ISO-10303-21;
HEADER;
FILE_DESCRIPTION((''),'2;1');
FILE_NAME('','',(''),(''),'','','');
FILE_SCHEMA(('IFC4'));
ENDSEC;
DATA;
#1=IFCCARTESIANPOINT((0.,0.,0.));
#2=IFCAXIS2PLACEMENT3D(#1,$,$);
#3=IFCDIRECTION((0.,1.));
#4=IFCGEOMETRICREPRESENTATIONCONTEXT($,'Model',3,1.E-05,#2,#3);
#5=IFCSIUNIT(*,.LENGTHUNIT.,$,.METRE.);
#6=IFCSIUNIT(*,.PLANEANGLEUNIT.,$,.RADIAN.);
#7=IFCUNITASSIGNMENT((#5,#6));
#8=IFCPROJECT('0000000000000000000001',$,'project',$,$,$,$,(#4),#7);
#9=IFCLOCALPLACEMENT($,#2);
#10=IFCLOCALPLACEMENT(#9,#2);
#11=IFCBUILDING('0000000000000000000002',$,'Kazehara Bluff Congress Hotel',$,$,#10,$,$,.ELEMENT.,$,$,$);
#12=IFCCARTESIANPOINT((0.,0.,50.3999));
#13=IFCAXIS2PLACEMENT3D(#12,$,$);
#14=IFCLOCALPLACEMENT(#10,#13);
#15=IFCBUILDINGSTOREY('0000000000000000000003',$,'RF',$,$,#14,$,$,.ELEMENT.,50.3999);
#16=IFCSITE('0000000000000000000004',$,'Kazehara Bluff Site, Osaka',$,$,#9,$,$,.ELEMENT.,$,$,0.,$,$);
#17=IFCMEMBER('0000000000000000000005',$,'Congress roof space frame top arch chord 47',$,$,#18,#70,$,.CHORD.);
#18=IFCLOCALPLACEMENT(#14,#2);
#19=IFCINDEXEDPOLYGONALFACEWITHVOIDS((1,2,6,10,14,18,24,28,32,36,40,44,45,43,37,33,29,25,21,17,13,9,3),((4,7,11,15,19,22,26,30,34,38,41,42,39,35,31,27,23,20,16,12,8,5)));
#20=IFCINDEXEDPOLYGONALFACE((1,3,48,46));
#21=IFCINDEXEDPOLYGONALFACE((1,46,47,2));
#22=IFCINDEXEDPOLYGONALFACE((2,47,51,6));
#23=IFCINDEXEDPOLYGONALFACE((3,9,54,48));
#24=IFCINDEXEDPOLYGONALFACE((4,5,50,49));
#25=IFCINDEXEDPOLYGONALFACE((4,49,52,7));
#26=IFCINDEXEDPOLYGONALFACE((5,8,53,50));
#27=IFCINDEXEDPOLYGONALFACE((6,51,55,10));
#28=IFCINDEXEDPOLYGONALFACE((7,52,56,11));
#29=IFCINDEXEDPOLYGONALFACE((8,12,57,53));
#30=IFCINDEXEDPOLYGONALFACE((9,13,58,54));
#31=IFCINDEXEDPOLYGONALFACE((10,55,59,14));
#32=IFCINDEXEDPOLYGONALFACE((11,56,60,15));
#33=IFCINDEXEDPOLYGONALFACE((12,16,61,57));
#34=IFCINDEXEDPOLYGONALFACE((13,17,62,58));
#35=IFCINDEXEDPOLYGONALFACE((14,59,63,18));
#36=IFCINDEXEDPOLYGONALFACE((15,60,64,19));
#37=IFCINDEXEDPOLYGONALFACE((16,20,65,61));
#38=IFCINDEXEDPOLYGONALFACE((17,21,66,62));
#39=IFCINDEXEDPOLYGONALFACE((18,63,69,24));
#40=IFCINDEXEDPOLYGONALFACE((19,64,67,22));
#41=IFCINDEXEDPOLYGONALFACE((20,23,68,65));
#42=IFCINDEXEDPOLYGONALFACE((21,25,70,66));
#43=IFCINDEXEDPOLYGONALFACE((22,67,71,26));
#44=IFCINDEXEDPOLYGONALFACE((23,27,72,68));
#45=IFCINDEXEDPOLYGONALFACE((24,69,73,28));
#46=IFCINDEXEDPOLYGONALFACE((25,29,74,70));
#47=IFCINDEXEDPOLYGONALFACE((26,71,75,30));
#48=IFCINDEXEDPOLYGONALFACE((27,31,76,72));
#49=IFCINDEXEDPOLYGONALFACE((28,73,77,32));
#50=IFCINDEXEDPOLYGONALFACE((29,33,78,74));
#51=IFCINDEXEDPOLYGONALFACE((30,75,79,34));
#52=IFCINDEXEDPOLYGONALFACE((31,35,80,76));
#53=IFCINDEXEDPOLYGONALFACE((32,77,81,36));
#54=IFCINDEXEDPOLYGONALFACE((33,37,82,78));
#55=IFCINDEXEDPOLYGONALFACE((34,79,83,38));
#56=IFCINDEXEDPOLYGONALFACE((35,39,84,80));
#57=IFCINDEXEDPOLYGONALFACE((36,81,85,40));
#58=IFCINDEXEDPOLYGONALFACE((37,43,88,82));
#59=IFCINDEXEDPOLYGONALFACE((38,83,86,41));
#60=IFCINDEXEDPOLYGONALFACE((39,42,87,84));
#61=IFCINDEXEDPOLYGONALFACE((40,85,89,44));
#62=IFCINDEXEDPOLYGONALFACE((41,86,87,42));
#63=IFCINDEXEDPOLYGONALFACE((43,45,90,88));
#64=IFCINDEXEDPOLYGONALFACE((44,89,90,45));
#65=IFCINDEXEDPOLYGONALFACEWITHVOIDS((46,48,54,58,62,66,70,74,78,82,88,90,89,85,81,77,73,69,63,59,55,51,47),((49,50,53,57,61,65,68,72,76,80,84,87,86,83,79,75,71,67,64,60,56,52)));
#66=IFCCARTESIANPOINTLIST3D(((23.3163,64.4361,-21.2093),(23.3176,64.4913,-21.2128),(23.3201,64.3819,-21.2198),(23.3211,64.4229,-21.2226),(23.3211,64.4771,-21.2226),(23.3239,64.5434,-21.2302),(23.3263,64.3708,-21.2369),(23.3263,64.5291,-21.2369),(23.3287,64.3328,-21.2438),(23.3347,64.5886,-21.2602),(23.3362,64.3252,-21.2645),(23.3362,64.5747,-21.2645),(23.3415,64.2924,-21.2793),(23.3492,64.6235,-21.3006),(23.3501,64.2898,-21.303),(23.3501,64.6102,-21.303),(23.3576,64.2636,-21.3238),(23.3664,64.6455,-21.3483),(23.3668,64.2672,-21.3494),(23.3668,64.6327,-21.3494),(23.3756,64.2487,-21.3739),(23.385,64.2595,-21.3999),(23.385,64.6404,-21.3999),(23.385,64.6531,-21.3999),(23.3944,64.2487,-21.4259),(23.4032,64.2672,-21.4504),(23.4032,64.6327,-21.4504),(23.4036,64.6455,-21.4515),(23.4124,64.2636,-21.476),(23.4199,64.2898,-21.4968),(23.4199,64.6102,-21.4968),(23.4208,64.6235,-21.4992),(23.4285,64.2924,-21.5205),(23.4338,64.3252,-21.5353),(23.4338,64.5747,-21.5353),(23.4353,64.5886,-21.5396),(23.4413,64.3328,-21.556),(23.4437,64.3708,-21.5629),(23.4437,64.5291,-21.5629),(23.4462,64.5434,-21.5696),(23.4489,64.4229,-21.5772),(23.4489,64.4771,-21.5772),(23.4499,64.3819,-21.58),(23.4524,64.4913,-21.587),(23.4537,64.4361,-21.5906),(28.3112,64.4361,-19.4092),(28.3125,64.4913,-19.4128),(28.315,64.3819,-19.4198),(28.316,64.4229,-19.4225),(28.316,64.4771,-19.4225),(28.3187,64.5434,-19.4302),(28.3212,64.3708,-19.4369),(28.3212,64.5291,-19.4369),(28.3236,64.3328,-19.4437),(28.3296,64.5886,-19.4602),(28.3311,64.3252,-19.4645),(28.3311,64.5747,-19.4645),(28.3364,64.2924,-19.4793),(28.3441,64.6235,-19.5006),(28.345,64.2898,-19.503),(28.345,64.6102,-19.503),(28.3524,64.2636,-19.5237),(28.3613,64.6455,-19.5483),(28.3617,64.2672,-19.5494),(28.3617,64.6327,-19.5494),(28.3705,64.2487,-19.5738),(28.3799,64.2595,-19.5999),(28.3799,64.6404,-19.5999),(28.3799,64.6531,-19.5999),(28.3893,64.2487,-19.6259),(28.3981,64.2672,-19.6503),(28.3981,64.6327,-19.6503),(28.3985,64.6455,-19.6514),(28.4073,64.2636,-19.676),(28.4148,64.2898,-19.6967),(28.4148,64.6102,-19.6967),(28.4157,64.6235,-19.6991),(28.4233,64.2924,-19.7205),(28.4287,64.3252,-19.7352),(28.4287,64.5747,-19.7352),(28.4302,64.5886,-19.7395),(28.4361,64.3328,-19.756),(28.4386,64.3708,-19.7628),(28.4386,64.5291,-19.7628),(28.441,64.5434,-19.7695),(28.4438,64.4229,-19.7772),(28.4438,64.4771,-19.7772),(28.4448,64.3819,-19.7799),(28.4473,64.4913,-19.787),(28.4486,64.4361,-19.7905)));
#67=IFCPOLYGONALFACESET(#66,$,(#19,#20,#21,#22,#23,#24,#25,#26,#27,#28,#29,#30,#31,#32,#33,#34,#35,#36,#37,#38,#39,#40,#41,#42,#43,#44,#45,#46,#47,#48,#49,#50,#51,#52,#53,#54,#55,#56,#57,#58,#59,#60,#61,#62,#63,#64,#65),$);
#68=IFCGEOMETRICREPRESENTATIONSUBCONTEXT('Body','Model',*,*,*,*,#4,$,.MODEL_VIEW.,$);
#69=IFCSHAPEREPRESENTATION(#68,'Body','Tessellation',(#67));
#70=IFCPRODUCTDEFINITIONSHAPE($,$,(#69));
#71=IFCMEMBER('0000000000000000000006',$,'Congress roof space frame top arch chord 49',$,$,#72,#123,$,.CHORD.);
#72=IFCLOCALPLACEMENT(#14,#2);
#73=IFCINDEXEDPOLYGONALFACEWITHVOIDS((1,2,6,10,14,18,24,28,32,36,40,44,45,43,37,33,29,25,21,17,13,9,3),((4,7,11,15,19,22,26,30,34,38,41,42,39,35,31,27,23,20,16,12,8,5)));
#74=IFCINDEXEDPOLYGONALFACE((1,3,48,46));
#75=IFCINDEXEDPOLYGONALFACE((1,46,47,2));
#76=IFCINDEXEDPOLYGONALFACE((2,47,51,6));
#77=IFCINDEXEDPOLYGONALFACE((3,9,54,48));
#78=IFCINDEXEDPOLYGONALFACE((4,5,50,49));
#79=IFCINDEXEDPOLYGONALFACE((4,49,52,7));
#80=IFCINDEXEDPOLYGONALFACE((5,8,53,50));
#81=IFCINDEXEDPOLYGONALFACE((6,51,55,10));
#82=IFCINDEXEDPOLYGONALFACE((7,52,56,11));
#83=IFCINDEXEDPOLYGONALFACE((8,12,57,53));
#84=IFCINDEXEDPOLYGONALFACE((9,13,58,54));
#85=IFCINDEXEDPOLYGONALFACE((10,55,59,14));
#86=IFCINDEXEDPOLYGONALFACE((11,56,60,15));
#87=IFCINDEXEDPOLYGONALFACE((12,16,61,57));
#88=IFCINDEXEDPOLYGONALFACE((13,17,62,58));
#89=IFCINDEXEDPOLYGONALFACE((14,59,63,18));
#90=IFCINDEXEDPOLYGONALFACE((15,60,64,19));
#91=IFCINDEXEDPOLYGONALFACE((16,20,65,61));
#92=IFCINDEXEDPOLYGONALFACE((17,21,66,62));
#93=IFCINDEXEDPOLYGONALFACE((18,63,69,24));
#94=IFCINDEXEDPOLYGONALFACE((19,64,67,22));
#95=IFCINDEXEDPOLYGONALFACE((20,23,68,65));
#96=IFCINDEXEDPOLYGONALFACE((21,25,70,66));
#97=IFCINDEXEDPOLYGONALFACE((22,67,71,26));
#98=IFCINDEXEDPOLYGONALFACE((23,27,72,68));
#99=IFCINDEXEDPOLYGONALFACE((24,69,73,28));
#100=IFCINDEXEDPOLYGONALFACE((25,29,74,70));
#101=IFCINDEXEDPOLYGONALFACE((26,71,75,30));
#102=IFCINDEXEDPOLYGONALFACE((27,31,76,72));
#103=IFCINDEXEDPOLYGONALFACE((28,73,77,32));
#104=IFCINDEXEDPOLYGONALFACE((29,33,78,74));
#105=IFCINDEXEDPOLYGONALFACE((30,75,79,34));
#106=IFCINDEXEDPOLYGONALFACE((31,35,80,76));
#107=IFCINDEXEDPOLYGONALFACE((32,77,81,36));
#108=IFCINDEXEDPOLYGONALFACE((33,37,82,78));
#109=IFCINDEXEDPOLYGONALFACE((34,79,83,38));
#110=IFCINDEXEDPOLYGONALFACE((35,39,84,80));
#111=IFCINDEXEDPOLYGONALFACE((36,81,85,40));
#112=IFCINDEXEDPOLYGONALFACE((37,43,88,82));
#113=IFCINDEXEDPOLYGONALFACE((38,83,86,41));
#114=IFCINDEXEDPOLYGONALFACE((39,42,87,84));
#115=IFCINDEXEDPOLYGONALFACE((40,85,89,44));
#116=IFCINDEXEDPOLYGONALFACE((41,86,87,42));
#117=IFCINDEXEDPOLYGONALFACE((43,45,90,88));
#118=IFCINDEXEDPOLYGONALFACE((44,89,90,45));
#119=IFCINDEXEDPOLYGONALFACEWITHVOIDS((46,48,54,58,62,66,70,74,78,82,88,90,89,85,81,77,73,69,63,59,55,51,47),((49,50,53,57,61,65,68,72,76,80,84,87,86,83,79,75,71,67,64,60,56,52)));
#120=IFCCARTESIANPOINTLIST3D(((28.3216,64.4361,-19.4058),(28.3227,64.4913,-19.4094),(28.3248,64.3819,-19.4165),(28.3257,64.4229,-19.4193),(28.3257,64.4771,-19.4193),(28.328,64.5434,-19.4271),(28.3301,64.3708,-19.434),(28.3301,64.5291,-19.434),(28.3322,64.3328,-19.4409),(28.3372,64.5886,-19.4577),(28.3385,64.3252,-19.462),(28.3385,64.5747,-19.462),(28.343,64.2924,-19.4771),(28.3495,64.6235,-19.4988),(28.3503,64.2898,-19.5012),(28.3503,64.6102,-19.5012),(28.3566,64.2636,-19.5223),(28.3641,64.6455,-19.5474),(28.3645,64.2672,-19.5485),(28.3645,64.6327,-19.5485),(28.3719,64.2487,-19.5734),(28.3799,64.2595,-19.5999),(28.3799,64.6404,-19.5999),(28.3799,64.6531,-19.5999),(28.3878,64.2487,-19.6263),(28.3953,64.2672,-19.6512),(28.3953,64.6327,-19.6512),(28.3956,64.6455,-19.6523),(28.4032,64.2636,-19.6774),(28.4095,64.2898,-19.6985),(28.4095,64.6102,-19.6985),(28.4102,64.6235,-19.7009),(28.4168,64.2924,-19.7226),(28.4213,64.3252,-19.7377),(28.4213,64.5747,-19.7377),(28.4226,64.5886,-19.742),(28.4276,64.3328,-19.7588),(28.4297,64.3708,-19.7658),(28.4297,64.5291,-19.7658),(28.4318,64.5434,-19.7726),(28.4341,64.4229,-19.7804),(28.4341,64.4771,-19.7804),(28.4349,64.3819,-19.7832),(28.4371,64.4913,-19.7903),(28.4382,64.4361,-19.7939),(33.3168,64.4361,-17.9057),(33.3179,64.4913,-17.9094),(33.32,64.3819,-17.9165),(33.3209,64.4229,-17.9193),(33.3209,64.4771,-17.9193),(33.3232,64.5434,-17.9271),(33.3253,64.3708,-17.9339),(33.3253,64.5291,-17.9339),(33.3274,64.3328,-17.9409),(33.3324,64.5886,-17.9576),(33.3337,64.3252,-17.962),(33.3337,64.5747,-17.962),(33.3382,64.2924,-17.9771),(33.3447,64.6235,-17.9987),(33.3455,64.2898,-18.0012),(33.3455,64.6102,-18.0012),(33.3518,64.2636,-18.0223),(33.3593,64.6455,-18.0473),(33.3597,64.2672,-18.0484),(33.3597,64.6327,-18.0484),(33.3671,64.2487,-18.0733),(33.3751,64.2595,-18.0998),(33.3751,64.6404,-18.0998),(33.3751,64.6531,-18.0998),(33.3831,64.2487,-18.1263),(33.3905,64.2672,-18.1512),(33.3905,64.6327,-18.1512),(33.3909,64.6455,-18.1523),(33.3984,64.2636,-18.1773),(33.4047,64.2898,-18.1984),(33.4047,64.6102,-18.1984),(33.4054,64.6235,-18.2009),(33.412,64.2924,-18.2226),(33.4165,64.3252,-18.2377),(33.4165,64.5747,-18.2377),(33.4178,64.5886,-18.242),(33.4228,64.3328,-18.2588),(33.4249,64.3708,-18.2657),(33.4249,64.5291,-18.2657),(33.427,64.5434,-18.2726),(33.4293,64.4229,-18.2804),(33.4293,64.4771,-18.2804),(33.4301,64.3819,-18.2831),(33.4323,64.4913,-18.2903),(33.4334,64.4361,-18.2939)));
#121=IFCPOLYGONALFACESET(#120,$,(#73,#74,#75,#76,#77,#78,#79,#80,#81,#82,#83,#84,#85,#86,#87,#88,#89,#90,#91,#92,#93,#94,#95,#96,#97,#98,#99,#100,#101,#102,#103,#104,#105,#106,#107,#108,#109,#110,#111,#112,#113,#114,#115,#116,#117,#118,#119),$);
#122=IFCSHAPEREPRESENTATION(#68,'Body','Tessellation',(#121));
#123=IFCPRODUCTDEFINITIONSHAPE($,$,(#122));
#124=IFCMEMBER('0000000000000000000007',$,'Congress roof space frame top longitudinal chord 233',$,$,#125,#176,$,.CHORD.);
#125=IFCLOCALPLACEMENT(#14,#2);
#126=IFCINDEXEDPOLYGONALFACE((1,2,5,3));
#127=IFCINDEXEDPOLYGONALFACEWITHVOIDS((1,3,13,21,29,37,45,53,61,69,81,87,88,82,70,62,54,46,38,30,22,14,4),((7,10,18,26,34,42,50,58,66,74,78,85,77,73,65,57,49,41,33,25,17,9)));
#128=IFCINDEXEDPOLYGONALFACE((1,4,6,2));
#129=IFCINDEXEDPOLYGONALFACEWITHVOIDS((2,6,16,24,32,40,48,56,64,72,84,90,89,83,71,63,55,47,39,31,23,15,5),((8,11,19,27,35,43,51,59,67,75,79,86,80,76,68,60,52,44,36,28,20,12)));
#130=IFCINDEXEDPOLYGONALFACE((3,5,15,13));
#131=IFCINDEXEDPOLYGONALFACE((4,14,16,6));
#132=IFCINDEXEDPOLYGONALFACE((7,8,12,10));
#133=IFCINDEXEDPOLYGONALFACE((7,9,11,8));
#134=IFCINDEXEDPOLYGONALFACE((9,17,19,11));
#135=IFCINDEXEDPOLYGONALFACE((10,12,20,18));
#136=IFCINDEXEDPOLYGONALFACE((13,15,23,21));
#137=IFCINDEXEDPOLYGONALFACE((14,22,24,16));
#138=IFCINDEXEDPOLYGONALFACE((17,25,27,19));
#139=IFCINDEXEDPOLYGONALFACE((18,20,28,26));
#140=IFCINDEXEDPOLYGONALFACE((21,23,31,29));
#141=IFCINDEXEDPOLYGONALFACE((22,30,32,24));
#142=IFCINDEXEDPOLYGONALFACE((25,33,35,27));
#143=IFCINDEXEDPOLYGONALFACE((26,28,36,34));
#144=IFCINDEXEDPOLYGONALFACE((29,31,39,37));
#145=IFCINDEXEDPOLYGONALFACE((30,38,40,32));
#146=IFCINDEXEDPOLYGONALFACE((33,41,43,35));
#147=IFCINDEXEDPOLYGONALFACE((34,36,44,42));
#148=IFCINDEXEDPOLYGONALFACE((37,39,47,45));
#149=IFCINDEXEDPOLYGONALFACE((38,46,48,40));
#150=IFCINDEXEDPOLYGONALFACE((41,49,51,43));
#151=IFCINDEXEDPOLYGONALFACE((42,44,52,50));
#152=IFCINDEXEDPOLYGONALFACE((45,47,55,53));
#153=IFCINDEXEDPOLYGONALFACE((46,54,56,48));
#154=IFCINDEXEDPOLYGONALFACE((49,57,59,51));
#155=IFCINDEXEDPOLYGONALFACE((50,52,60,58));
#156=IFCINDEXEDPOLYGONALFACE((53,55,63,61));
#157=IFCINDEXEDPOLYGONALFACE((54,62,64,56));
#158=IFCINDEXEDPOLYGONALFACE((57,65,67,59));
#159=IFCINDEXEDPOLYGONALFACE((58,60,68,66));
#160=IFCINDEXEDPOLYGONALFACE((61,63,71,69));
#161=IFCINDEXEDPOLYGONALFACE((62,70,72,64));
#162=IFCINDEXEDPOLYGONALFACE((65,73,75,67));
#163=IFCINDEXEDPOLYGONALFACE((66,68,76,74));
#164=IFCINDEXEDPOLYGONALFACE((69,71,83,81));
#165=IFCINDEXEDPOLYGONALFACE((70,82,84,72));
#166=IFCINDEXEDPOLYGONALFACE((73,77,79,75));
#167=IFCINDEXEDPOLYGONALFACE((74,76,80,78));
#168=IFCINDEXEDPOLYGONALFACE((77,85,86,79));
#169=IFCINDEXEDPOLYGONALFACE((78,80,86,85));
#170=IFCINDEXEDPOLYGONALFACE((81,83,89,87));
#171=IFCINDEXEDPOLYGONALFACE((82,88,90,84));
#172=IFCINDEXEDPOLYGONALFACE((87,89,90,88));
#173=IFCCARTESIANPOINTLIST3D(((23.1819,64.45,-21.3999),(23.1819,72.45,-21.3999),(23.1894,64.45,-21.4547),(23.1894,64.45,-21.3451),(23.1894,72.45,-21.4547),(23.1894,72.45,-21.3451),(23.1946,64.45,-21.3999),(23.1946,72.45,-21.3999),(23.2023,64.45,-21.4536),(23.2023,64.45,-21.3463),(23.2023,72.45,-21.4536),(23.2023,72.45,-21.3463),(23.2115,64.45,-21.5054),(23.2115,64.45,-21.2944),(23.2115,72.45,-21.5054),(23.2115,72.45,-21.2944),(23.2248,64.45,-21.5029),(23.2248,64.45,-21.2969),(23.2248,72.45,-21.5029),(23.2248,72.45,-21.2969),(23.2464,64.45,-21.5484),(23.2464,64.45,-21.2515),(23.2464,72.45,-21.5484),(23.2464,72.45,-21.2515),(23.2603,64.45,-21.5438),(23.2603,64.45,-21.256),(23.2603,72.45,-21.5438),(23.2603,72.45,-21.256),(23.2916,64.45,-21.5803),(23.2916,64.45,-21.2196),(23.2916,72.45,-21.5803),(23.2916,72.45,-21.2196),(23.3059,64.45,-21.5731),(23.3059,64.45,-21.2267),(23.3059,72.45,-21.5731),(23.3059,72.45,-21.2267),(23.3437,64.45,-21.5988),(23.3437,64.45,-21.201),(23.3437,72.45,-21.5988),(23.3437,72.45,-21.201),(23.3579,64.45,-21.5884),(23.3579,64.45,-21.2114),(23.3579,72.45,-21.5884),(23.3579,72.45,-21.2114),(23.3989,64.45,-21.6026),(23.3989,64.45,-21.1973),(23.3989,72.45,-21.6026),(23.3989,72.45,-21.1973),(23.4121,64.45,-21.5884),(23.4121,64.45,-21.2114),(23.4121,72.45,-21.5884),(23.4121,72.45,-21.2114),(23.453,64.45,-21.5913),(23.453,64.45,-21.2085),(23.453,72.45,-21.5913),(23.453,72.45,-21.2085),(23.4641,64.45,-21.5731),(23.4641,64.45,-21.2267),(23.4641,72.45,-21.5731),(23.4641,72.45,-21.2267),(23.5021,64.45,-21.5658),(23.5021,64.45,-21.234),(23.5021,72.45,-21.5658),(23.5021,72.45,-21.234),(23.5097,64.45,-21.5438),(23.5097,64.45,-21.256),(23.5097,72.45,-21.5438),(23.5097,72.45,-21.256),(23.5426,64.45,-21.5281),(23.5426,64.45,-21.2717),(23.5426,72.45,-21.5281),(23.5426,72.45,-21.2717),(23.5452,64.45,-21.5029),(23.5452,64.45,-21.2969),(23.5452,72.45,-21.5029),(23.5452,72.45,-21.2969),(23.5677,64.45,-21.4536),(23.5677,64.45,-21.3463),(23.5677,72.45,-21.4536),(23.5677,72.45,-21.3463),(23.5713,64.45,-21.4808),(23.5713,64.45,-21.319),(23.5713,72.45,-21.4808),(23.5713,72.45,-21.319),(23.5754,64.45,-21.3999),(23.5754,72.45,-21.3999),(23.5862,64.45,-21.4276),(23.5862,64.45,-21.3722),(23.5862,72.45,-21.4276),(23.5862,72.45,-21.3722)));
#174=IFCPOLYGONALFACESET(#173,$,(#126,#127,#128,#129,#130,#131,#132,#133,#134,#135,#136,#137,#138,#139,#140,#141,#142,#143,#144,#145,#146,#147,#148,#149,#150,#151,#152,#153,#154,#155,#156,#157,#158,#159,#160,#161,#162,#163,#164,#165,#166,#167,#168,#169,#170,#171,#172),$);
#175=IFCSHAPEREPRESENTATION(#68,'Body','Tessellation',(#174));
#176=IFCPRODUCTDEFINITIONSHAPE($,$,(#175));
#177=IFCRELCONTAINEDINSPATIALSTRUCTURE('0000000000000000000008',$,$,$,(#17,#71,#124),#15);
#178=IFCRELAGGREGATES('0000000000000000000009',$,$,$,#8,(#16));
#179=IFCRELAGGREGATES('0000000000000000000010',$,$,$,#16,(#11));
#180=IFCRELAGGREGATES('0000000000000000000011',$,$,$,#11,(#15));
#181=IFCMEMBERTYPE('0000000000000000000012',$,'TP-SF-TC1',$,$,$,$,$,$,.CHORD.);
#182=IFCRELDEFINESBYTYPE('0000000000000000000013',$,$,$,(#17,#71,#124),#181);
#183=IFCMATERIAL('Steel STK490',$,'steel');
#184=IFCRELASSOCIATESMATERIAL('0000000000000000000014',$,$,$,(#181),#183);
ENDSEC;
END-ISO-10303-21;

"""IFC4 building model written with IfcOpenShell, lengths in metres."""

from ifc_helpers import new_model, si_unit, direction, frame, origin, origin_2d, place, context, subcontext, project, spatial, hollow_circle, extrude, material, material_profile, profile_set, type_object, element, save


model = new_model("IFC4")

# Units and contexts
model_context = context("Model", 3, precision=1e-05, world=origin(), true_north=direction((0.0, 1.0)))
body_context = subcontext(model_context, "Body", "Model", "MODEL_VIEW")
ifc_project = project(units=[si_unit("LENGTHUNIT", "METRE"), si_unit("PLANEANGLEUNIT", "RADIAN")], contexts=[model_context])

# Site, building, storey
site_placement = place(None, origin())
site = spatial("IfcSite", under=ifc_project, at=site_placement, Name="Kazehara Bluff Site, Osaka", CompositionType="ELEMENT", RefElevation=0.0)
building_placement = place(site_placement, origin())
building = spatial("IfcBuilding", under=site, at=building_placement, Name="Kazehara Bluff Congress Hotel", CompositionType="ELEMENT")
storey_placement = place(building_placement, frame((0.0, 0.0, 50.3999)))
storey = spatial("IfcBuildingStorey", under=building, at=storey_placement, Name="RF", CompositionType="ELEMENT", Elevation=50.3999)

# Members
ifc_material_1 = material(Name="Steel STK490", Category="steel")
ifc_material_profile_1 = material_profile(ifc_material_1, hollow_circle(Radius=0.2031, WallThickness=0.0127, at=origin_2d()))
ifc_profile_set_1 = profile_set([ifc_material_profile_1], Name="Steel STK490")
member_type_1 = type_object("IfcMemberType", Name="TP-SF-TC1", PredefinedType="CHORD", material=ifc_profile_set_1)
member_1_placement = place(storey_placement, frame((23.385, 64.45, -21.3999), z_axis=(0.940774, 0.0, 0.339035), x_axis=(0.0, 1.0, 0.0)))
element("IfcMember", 1, at=member_1_placement, inside=storey, type_object=member_type_1, Name="Congress roof space frame top arch chord 47", PredefinedType="CHORD", context=body_context, shape_type="SweptSolid", body=[
    extrude(hollow_circle(Radius=0.2031, WallThickness=0.0127, at=origin_2d()), origin(), (0.0, 0.0, 1.0), 5.3093),
])
member_2_placement = place(storey_placement, frame((28.3799, 64.45, -19.5999), z_axis=(0.957749, 0.0, 0.287606), x_axis=(0.0, 1.0, 0.0)))
element("IfcMember", 2, at=member_2_placement, inside=storey, type_object=member_type_1, Name="Congress roof space frame top arch chord 49", PredefinedType="CHORD", context=body_context, shape_type="SweptSolid", body=[
    extrude(hollow_circle(Radius=0.2031, WallThickness=0.0127, at=origin_2d()), origin(), (0.0, 0.0, 1.0), 5.2156),
])
for number, where, z_axis, x_axis, name in (
    (3, (23.385, 64.45, -21.3999), (0.0, 1.0, 0.0), (-1.0, 0.0, 0.0), "Congress roof space frame top longitudinal chord 233"),
):
    element("IfcMember", number, at=place(storey_placement, frame(where, z_axis=z_axis, x_axis=x_axis)), inside=storey, type_object=member_type_1, Name=name, PredefinedType="CHORD", context=body_context, shape_type="SweptSolid", body=[
        extrude(hollow_circle(Radius=0.2031, WallThickness=0.0127, at=origin_2d()), origin(), (0.0, 0.0, 1.0), 8.0),
    ])

save(model, "model.ifc")
